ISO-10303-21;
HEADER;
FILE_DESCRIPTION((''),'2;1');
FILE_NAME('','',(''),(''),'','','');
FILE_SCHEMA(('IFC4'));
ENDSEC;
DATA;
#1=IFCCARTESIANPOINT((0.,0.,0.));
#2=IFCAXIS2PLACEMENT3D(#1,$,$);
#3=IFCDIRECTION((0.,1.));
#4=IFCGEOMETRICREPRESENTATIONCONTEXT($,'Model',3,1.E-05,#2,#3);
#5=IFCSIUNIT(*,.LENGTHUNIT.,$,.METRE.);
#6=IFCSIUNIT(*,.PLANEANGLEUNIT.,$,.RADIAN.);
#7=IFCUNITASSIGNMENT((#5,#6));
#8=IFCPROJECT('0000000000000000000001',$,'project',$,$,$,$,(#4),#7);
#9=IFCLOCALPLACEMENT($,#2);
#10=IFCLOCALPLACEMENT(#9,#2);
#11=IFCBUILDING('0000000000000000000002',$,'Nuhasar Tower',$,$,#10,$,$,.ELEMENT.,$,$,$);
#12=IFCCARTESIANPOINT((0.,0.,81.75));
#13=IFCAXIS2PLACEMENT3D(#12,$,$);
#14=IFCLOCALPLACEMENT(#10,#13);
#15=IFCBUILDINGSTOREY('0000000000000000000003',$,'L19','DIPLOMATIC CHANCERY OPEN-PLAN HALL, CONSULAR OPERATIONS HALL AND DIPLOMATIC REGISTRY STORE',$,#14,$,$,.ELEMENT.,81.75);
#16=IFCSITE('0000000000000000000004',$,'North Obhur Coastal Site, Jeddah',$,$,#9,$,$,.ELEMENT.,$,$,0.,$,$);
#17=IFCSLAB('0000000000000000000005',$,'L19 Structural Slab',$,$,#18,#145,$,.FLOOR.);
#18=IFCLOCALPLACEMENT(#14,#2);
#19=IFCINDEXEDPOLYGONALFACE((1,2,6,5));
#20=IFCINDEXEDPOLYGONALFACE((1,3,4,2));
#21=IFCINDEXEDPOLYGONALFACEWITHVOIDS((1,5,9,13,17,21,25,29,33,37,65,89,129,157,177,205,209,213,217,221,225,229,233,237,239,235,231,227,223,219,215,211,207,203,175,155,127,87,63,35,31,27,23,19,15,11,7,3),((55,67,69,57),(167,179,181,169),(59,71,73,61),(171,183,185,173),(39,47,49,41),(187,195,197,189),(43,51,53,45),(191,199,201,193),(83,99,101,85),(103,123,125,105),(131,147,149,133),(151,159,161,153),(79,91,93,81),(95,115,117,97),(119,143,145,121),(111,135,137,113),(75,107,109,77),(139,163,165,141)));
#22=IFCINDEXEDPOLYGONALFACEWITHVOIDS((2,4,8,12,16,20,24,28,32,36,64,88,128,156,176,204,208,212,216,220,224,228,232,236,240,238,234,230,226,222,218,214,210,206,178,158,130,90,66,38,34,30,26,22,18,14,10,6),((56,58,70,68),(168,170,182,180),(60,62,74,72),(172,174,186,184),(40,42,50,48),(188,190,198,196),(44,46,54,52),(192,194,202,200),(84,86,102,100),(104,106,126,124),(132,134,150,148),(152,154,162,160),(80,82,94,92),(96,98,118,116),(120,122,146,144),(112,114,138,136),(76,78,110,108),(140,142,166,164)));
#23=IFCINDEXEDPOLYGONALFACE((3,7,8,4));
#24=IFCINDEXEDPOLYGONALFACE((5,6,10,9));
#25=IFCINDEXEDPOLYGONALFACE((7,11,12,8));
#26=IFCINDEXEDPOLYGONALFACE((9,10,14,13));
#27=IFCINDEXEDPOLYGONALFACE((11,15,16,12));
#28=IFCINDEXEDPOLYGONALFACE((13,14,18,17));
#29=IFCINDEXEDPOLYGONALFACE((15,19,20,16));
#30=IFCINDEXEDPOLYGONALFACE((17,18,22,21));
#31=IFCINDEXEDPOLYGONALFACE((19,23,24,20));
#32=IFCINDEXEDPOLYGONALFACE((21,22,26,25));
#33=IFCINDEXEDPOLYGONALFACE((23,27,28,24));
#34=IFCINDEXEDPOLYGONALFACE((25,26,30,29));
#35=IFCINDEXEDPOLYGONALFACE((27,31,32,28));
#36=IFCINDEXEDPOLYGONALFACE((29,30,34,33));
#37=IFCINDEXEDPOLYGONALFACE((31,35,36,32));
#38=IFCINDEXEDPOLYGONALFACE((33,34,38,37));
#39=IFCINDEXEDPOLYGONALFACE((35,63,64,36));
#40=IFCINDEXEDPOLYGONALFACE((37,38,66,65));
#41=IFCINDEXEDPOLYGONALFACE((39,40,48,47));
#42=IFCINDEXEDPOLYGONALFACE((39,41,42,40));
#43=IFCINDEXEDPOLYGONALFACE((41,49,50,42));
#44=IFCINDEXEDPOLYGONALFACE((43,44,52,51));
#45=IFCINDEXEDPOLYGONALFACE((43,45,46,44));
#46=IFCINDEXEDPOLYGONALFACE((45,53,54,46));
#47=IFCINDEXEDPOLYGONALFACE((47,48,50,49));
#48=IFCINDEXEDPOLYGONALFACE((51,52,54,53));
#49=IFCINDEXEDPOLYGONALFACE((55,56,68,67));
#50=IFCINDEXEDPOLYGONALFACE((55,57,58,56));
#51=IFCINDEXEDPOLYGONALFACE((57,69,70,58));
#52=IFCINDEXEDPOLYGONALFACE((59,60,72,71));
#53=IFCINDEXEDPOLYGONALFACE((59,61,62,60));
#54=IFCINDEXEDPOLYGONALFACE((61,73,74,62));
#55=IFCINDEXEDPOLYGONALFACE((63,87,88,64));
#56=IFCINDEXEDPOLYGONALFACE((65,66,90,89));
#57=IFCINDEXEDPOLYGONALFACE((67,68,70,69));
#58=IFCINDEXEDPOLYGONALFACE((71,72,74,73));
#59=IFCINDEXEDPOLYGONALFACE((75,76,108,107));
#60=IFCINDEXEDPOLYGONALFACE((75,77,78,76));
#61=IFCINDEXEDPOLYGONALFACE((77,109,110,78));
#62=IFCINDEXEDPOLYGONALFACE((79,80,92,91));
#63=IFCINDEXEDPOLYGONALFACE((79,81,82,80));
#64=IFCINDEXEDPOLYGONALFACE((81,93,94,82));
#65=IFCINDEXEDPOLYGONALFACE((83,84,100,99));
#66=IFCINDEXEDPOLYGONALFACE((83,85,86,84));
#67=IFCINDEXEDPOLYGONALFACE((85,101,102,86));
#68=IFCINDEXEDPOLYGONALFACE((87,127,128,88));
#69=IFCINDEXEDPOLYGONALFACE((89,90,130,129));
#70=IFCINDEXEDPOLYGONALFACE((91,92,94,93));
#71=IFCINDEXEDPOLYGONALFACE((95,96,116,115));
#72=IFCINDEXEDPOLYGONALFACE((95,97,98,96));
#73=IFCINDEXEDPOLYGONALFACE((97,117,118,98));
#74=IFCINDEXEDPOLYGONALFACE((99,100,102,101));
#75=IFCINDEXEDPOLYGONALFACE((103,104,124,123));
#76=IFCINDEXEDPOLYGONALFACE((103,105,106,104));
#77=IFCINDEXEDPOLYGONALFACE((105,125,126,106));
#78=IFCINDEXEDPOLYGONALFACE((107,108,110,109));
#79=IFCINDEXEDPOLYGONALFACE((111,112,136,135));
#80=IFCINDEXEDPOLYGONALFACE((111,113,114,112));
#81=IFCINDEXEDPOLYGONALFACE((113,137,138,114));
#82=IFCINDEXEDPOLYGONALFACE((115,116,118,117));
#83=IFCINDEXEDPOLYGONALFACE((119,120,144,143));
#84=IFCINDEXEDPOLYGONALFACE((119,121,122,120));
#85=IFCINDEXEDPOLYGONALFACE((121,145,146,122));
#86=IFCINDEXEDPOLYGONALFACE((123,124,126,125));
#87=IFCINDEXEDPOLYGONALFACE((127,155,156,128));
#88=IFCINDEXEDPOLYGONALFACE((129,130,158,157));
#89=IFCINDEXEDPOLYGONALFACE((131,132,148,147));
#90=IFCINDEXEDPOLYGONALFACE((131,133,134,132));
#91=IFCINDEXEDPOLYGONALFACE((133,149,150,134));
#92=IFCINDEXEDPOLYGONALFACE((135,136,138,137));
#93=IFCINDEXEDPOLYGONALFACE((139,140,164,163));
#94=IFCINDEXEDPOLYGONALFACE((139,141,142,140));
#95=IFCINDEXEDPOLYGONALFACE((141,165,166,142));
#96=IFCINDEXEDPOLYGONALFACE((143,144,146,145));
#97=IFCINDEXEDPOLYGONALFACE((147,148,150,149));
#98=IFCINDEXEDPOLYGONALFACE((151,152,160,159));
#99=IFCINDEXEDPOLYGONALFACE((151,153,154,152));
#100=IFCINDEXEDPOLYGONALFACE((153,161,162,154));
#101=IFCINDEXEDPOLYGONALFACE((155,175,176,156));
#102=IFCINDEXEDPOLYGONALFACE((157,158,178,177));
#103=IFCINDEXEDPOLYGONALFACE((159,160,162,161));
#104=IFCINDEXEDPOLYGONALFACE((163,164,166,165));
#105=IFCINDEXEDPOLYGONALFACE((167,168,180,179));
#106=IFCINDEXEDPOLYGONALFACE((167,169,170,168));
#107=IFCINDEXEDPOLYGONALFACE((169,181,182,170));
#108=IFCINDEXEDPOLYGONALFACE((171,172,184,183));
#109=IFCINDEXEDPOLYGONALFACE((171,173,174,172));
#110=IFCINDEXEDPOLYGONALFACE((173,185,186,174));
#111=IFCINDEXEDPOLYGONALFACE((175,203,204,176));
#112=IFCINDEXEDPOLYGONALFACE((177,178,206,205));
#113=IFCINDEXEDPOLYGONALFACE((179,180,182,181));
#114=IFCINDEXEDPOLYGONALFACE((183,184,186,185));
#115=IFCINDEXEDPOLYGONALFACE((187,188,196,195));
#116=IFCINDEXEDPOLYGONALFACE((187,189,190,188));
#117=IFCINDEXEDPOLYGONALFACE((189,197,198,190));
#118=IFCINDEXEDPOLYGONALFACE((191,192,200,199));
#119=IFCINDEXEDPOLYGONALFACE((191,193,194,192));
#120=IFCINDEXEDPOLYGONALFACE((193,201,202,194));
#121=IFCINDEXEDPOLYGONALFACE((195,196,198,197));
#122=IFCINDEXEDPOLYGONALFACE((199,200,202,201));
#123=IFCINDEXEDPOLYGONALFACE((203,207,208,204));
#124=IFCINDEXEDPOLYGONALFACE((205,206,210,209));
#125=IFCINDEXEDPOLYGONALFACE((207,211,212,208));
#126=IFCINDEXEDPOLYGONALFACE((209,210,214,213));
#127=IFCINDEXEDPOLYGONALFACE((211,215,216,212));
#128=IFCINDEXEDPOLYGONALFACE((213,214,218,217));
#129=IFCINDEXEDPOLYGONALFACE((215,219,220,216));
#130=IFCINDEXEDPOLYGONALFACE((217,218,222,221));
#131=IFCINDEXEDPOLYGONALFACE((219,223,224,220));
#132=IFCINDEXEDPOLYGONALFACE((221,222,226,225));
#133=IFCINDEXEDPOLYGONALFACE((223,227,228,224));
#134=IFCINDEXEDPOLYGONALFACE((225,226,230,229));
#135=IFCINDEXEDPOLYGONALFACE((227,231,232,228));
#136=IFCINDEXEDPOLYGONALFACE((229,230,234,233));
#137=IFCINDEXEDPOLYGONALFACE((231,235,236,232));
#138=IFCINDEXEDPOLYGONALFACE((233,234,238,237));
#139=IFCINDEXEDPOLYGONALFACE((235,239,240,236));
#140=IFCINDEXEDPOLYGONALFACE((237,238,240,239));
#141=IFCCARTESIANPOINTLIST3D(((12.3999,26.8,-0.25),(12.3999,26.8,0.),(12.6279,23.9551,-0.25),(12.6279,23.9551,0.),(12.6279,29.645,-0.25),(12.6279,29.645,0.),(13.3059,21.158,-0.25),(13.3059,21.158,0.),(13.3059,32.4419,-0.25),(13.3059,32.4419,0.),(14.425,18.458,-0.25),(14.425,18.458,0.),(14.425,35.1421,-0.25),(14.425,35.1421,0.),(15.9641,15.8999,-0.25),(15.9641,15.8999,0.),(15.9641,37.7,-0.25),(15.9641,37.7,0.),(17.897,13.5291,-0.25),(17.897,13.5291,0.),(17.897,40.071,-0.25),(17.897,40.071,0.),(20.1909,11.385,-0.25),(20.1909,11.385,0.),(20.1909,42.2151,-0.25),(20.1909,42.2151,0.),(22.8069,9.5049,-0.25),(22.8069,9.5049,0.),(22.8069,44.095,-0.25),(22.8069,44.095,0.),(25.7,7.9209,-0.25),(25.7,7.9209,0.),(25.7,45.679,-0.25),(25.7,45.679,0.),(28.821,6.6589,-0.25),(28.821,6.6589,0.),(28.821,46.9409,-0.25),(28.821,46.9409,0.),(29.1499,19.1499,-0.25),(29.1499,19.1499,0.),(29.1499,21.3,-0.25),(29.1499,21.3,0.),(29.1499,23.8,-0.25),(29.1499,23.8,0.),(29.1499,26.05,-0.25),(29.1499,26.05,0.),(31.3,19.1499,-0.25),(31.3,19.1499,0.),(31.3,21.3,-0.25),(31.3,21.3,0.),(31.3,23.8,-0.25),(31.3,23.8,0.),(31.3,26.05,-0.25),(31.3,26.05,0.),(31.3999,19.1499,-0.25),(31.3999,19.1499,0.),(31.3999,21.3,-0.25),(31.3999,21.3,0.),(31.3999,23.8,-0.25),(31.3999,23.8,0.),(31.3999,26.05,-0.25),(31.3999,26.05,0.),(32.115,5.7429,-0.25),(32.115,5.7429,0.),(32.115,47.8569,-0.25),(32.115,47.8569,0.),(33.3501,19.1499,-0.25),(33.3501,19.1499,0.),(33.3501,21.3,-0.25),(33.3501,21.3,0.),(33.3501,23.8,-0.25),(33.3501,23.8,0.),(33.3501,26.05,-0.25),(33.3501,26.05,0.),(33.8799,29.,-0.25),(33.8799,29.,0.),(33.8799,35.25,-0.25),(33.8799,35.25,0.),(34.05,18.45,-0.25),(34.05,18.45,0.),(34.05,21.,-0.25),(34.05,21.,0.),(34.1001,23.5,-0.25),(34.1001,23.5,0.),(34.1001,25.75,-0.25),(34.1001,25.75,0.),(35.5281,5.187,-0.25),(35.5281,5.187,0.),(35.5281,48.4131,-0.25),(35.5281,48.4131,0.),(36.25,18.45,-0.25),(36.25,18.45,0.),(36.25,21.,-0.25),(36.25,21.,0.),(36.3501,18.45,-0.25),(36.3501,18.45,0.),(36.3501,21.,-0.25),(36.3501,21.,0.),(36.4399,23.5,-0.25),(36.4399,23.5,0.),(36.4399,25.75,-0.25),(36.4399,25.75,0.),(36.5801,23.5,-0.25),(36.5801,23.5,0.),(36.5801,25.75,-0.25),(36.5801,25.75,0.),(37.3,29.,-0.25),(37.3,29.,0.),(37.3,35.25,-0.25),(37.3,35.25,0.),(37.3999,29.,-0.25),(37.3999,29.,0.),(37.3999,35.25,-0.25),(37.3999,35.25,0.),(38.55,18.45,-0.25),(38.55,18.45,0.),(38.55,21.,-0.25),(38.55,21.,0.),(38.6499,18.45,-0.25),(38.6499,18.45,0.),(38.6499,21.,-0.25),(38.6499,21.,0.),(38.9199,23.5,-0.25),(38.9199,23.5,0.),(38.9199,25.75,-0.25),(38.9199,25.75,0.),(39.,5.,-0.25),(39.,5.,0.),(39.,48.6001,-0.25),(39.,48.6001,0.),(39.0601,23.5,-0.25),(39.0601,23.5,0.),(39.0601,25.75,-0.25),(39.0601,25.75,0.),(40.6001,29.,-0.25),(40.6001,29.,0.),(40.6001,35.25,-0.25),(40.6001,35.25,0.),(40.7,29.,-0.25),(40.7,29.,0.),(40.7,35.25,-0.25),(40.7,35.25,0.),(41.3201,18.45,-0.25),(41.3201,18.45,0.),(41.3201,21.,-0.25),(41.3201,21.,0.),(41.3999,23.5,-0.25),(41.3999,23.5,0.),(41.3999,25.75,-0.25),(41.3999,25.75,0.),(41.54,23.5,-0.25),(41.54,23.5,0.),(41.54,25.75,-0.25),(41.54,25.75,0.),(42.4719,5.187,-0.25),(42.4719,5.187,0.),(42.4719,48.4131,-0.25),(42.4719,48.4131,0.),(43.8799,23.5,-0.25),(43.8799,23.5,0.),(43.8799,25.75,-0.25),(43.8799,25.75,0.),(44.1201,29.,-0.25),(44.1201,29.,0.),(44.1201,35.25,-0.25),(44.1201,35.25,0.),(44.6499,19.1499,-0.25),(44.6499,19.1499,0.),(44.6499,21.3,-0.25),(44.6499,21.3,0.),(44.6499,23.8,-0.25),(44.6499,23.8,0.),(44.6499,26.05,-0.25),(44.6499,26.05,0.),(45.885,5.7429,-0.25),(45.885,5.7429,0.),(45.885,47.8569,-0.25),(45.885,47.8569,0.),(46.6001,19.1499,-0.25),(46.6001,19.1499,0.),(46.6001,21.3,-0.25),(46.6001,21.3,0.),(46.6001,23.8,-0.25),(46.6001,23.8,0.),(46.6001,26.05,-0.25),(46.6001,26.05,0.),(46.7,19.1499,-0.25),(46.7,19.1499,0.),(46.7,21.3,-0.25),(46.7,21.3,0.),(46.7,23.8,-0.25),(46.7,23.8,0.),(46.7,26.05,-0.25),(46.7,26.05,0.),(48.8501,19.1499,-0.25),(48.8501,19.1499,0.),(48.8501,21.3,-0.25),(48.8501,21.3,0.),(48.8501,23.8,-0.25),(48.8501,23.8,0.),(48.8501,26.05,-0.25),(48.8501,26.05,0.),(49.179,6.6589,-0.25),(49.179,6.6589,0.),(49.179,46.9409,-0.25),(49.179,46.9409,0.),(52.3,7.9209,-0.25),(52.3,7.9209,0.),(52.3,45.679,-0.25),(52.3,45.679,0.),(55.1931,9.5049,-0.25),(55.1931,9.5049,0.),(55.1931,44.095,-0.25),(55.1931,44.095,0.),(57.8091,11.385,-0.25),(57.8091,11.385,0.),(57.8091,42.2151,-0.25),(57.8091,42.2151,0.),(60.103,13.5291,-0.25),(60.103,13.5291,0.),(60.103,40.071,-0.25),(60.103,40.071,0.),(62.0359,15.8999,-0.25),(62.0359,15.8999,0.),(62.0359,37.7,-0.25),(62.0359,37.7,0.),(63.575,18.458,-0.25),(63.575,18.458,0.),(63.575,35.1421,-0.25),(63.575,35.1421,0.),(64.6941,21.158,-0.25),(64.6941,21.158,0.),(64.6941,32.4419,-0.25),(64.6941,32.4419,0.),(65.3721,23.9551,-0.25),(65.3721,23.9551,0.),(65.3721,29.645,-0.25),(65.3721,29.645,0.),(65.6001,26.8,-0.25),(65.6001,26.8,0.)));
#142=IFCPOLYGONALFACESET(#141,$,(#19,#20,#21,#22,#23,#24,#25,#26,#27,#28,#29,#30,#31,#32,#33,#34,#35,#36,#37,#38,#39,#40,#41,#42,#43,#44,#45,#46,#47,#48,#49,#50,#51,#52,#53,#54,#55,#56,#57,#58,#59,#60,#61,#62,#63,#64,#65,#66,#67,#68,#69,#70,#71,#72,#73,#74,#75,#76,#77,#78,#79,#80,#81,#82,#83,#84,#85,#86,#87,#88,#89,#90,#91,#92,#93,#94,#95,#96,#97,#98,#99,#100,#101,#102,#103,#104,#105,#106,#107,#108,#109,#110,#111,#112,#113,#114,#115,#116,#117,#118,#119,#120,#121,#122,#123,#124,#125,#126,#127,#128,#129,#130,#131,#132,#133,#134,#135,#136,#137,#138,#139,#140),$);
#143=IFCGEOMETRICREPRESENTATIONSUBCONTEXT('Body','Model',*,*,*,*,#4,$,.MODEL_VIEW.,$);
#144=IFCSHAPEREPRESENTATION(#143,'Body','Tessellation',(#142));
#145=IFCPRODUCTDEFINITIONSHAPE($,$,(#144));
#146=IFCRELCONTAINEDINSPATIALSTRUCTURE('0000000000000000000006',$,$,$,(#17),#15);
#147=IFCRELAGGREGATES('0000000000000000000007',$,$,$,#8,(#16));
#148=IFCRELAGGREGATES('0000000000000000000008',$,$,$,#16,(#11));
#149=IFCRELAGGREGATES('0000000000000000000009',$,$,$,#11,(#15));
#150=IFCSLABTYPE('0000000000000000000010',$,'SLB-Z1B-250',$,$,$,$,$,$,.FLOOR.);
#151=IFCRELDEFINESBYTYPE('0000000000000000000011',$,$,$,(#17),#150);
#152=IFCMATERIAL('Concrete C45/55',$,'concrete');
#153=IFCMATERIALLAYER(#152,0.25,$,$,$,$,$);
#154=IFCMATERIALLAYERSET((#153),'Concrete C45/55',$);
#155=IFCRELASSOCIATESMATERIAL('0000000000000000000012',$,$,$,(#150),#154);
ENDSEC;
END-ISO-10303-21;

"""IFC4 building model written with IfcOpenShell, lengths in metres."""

from ifc_helpers import new_model, si_unit, direction, frame, origin, place, context, subcontext, project, spatial, polyline, outline, extrude, material, layer, layer_set, type_object, element, save


model = new_model("IFC4")

# Units and contexts
model_context = context("Model", 3, precision=1e-05, world=origin(), true_north=direction((0.0, 1.0)))
body_context = subcontext(model_context, "Body", "Model", "MODEL_VIEW")
ifc_project = project(units=[si_unit("LENGTHUNIT", "METRE"), si_unit("PLANEANGLEUNIT", "RADIAN")], contexts=[model_context])

# Site, building, storey
site_placement = place(None, origin())
site = spatial("IfcSite", under=ifc_project, at=site_placement, Name="North Obhur Coastal Site, Jeddah", CompositionType="ELEMENT", RefElevation=0.0)
building_placement = place(site_placement, origin())
building = spatial("IfcBuilding", under=site, at=building_placement, Name="Nuhasar Tower", CompositionType="ELEMENT")
storey_placement = place(building_placement, frame((0.0, 0.0, 81.75)))
storey = spatial("IfcBuildingStorey", under=building, at=storey_placement, Name="L19", Description="DIPLOMATIC CHANCERY OPEN-PLAN HALL, CONSULAR OPERATIONS HALL AND DIPLOMATIC REGISTRY STORE", CompositionType="ELEMENT", Elevation=81.75)

# Shared definitions
ifc_material_1 = material(Name="Concrete C45/55", Category="concrete")

# Slab
ifc_layer_1 = layer(ifc_material_1, 0.25)
ifc_layer_set_1 = layer_set([ifc_layer_1], Name="Concrete C45/55")
slab_type_1 = type_object("IfcSlabType", Name="SLB-Z1B-250", PredefinedType="FLOOR", material=ifc_layer_set_1)
slab_1_placement = place(storey_placement, frame((0.0, 0.0, -0.25)))
element("IfcSlab", 1, at=slab_1_placement, inside=storey, type_object=slab_type_1, Name="L19 Structural Slab", PredefinedType="FLOOR", context=body_context, shape_type="SweptSolid", body=[
    extrude(outline(polyline([(65.6001, 26.8), (65.3721, 29.645), (64.6941, 32.4419), (63.575, 35.1421), (62.0359, 37.7), (60.103, 40.071), (57.8091, 42.2151), (55.1931, 44.095), (52.3, 45.679), (49.179, 46.9409), (45.885, 47.8569), (42.4719, 48.4131), (39.0, 48.6001), (35.5281, 48.4131), (32.115, 47.8569), (28.821, 46.9409), (25.7, 45.679), (22.8069, 44.095), (20.1909, 42.2151), (17.897, 40.071), (15.9641, 37.7), (14.425, 35.1421), (13.3059, 32.4419), (12.6279, 29.645), (12.3999, 26.8), (12.6279, 23.9551), (13.3059, 21.158), (14.425, 18.458), (15.9641, 15.8999), (17.897, 13.5291), (20.1909, 11.385), (22.8069, 9.5049), (25.7, 7.9209), (28.821, 6.6589), (32.115, 5.7429), (35.5281, 5.187), (39.0, 5.0), (42.4719, 5.187), (45.885, 5.7429), (49.179, 6.6589), (52.3, 7.9209), (55.1931, 9.5049), (57.8091, 11.385), (60.103, 13.5291), (62.0359, 15.8999), (63.575, 18.458), (64.6941, 21.158), (65.3721, 23.9551), (65.6001, 26.8)]), holes=[polyline([(33.8799, 35.25), (37.3, 35.25), (37.3, 29.0), (33.8799, 29.0), (33.8799, 35.25)]), polyline([(37.3999, 35.25), (40.6001, 35.25), (40.6001, 29.0), (37.3999, 29.0), (37.3999, 35.25)]), polyline([(40.7, 35.25), (44.1201, 35.25), (44.1201, 29.0), (40.7, 29.0), (40.7, 35.25)]), polyline([(29.1499, 26.05), (31.3, 26.05), (31.3, 23.8), (29.1499, 23.8), (29.1499, 26.05)]), polyline([(31.3999, 26.05), (33.3501, 26.05), (33.3501, 23.8), (31.3999, 23.8), (31.3999, 26.05)]), polyline([(29.1499, 21.3), (31.3, 21.3), (31.3, 19.1499), (29.1499, 19.1499), (29.1499, 21.3)]), polyline([(31.3999, 21.3), (33.3501, 21.3), (33.3501, 19.1499), (31.3999, 19.1499), (31.3999, 21.3)]), polyline([(44.6499, 26.05), (46.6001, 26.05), (46.6001, 23.8), (44.6499, 23.8), (44.6499, 26.05)]), polyline([(46.7, 26.05), (48.8501, 26.05), (48.8501, 23.8), (46.7, 23.8), (46.7, 26.05)]), polyline([(44.6499, 21.3), (46.6001, 21.3), (46.6001, 19.1499), (44.6499, 19.1499), (44.6499, 21.3)]), polyline([(46.7, 21.3), (48.8501, 21.3), (48.8501, 19.1499), (46.7, 19.1499), (46.7, 21.3)]), polyline([(34.1001, 25.75), (36.4399, 25.75), (36.4399, 23.5), (34.1001, 23.5), (34.1001, 25.75)]), polyline([(36.5801, 25.75), (38.9199, 25.75), (38.9199, 23.5), (36.5801, 23.5), (36.5801, 25.75)]), polyline([(39.0601, 25.75), (41.3999, 25.75), (41.3999, 23.5), (39.0601, 23.5), (39.0601, 25.75)]), polyline([(41.54, 25.75), (43.8799, 25.75), (43.8799, 23.5), (41.54, 23.5), (41.54, 25.75)]), polyline([(34.05, 21.0), (36.25, 21.0), (36.25, 18.45), (34.05, 18.45), (34.05, 21.0)]), polyline([(36.3501, 21.0), (38.55, 21.0), (38.55, 18.45), (36.3501, 18.45), (36.3501, 21.0)]), polyline([(38.6499, 21.0), (41.3201, 21.0), (41.3201, 18.45), (38.6499, 18.45), (38.6499, 21.0)])]), origin(), (0.0, 0.0, 1.0), 0.25),
])

save(model, "model.ifc")
